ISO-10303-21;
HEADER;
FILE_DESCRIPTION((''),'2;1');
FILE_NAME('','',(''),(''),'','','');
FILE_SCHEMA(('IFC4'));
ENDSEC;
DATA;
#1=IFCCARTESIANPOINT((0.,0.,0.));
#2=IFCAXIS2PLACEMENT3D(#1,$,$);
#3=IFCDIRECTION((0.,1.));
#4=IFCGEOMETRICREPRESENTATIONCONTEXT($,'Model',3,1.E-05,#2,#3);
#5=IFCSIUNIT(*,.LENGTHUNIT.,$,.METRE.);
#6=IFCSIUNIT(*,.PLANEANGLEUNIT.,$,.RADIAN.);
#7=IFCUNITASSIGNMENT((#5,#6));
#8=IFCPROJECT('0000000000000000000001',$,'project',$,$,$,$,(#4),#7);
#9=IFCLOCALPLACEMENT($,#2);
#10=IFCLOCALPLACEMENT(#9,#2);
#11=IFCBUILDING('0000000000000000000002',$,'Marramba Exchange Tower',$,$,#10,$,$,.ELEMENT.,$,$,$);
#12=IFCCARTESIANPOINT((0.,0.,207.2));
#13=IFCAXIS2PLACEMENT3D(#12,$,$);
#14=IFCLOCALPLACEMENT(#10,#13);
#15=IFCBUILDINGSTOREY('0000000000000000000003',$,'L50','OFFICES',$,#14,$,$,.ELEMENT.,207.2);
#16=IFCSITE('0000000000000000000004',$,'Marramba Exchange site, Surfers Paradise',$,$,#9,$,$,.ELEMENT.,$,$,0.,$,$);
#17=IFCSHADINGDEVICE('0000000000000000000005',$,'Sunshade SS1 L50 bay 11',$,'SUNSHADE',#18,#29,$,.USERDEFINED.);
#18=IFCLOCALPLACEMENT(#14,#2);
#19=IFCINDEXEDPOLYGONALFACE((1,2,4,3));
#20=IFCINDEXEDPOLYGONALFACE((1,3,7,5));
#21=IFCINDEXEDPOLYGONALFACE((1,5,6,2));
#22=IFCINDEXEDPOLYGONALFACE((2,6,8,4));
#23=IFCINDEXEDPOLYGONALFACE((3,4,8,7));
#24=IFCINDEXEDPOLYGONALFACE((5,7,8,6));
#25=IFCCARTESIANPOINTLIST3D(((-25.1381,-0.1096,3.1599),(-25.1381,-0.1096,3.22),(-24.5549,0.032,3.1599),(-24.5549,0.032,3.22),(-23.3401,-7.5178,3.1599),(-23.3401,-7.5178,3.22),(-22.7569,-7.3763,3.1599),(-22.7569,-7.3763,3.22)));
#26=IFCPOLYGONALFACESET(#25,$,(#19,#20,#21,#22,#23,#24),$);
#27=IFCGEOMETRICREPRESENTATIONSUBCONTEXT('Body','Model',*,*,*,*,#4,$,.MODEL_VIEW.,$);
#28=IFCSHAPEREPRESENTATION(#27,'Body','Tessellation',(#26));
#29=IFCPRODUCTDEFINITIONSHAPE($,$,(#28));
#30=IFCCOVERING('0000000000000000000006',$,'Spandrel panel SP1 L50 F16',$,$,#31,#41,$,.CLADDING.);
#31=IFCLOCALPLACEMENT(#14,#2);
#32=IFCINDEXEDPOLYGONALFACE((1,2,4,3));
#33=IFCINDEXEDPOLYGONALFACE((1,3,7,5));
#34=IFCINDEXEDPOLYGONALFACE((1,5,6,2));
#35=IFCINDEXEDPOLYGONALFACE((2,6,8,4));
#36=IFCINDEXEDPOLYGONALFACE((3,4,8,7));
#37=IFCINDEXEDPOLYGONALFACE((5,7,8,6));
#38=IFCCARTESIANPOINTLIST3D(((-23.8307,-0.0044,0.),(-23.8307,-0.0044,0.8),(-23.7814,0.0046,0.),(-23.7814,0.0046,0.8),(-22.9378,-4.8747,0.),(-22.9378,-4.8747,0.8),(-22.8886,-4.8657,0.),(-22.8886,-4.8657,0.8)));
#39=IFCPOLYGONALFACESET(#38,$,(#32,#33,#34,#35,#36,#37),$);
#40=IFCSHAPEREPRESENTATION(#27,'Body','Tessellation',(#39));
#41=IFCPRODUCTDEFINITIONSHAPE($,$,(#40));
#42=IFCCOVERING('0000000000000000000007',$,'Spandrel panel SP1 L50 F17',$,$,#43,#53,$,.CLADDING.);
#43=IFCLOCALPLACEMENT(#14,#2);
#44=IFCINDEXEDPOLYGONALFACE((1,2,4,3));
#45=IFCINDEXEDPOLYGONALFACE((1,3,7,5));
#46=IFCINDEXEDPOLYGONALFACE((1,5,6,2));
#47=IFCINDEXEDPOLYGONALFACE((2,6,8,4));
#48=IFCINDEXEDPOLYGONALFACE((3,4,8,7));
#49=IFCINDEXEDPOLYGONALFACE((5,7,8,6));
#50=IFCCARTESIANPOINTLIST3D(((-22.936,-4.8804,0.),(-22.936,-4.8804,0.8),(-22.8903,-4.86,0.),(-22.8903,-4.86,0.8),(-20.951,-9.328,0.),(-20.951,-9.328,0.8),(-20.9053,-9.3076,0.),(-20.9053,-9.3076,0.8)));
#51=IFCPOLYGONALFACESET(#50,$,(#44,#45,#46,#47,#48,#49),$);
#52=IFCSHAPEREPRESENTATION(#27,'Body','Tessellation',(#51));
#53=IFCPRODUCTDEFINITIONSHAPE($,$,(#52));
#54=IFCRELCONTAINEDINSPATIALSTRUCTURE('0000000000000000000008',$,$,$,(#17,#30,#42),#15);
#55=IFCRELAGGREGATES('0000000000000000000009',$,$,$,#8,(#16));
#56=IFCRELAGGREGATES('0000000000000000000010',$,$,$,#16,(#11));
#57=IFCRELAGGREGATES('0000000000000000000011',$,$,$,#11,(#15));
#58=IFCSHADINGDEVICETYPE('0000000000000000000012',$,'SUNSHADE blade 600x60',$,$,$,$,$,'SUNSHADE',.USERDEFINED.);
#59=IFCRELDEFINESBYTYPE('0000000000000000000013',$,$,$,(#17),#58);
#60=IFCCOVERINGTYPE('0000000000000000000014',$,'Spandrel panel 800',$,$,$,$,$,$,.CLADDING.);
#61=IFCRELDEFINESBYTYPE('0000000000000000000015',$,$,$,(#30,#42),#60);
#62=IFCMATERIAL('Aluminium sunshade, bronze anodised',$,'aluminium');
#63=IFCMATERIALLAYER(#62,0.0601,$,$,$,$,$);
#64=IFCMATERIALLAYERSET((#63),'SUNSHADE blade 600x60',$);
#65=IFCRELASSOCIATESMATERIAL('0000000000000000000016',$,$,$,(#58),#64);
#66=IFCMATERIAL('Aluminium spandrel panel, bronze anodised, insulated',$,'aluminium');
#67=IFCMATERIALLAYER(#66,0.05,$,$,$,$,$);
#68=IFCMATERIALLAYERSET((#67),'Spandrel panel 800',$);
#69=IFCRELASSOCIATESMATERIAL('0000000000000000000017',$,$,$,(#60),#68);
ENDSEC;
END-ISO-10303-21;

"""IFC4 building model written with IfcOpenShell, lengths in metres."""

from ifc_helpers import new_model, si_unit, direction, frame, origin, origin_2d, place, context, subcontext, project, spatial, rectangle, extrude, material, layer, layer_set, type_object, element, save


model = new_model("IFC4")

# Units and contexts
model_context = context("Model", 3, precision=1e-05, world=origin(), true_north=direction((0.0, 1.0)))
body_context = subcontext(model_context, "Body", "Model", "MODEL_VIEW")
ifc_project = project(units=[si_unit("LENGTHUNIT", "METRE"), si_unit("PLANEANGLEUNIT", "RADIAN")], contexts=[model_context])

# Site, building, storey
site_placement = place(None, origin())
site = spatial("IfcSite", under=ifc_project, at=site_placement, Name="Marramba Exchange site, Surfers Paradise", CompositionType="ELEMENT", RefElevation=0.0)
building_placement = place(site_placement, origin())
building = spatial("IfcBuilding", under=site, at=building_placement, Name="Marramba Exchange Tower", CompositionType="ELEMENT")
storey_placement = place(building_placement, frame((0.0, 0.0, 207.2)))
storey = spatial("IfcBuildingStorey", under=building, at=storey_placement, Name="L50", Description="OFFICES", CompositionType="ELEMENT", Elevation=207.2)

# Shading device
ifc_material_1 = material(Name="Aluminium sunshade, bronze anodised", Category="aluminium")
ifc_layer_1 = layer(ifc_material_1, 0.0601)
ifc_layer_set_1 = layer_set([ifc_layer_1], Name="SUNSHADE blade 600x60")
shading_device_type_1 = type_object("IfcShadingDeviceType", Name="SUNSHADE blade 600x60", ElementType="SUNSHADE", PredefinedType="USERDEFINED", material=ifc_layer_set_1)
shading_device_1_placement = place(storey_placement, frame((-23.9475, -3.7429, 3.1599), z_axis=(0.0, 0.0, 1.0), x_axis=(0.235861, -0.971787, 0.0)))
element("IfcShadingDevice", 1, at=shading_device_1_placement, inside=storey, type_object=shading_device_type_1, Name="Sunshade SS1 L50 bay 11", ObjectType="SUNSHADE", PredefinedType="USERDEFINED", context=body_context, shape_type="SweptSolid", body=[
    extrude(rectangle(XDim=7.6233, YDim=0.6001, at=origin_2d()), origin(), (0.0, 0.0, 1.0), 0.0601),
])

# Coverings
ifc_material_2 = material(Name="Aluminium spandrel panel, bronze anodised, insulated", Category="aluminium")
ifc_layer_2 = layer(ifc_material_2, 0.05)
ifc_layer_set_2 = layer_set([ifc_layer_2], Name="Spandrel panel 800")
covering_type = type_object("IfcCoveringType", Name="Spandrel panel 800", PredefinedType="CLADDING", material=ifc_layer_set_2)
covering_1_placement = place(storey_placement, frame((-23.3596, -2.4351, 0.0), z_axis=(0.0, 0.0, 1.0), x_axis=(0.180327, -0.983607, 0.0)))
element("IfcCovering", 2, at=covering_1_placement, inside=storey, type_object=covering_type, Name="Spandrel panel SP1 L50 F16", PredefinedType="CLADDING", context=body_context, shape_type="SweptSolid", body=[
    extrude(rectangle(XDim=4.9514, YDim=0.05, at=origin_2d()), origin(), (0.0, 0.0, 1.0), 0.8),
])
covering_2_placement = place(storey_placement, frame((-21.9207, -7.094, 0.0), z_axis=(0.0, 0.0, 1.0), x_axis=(0.407558, -0.91318, 0.0)))
element("IfcCovering", 3, at=covering_2_placement, inside=storey, type_object=covering_type, Name="Spandrel panel SP1 L50 F17", PredefinedType="CLADDING", context=body_context, shape_type="SweptSolid", body=[
    extrude(rectangle(XDim=4.8704, YDim=0.05, at=origin_2d()), origin(), (0.0, 0.0, 1.0), 0.8),
])

save(model, "model.ifc")
